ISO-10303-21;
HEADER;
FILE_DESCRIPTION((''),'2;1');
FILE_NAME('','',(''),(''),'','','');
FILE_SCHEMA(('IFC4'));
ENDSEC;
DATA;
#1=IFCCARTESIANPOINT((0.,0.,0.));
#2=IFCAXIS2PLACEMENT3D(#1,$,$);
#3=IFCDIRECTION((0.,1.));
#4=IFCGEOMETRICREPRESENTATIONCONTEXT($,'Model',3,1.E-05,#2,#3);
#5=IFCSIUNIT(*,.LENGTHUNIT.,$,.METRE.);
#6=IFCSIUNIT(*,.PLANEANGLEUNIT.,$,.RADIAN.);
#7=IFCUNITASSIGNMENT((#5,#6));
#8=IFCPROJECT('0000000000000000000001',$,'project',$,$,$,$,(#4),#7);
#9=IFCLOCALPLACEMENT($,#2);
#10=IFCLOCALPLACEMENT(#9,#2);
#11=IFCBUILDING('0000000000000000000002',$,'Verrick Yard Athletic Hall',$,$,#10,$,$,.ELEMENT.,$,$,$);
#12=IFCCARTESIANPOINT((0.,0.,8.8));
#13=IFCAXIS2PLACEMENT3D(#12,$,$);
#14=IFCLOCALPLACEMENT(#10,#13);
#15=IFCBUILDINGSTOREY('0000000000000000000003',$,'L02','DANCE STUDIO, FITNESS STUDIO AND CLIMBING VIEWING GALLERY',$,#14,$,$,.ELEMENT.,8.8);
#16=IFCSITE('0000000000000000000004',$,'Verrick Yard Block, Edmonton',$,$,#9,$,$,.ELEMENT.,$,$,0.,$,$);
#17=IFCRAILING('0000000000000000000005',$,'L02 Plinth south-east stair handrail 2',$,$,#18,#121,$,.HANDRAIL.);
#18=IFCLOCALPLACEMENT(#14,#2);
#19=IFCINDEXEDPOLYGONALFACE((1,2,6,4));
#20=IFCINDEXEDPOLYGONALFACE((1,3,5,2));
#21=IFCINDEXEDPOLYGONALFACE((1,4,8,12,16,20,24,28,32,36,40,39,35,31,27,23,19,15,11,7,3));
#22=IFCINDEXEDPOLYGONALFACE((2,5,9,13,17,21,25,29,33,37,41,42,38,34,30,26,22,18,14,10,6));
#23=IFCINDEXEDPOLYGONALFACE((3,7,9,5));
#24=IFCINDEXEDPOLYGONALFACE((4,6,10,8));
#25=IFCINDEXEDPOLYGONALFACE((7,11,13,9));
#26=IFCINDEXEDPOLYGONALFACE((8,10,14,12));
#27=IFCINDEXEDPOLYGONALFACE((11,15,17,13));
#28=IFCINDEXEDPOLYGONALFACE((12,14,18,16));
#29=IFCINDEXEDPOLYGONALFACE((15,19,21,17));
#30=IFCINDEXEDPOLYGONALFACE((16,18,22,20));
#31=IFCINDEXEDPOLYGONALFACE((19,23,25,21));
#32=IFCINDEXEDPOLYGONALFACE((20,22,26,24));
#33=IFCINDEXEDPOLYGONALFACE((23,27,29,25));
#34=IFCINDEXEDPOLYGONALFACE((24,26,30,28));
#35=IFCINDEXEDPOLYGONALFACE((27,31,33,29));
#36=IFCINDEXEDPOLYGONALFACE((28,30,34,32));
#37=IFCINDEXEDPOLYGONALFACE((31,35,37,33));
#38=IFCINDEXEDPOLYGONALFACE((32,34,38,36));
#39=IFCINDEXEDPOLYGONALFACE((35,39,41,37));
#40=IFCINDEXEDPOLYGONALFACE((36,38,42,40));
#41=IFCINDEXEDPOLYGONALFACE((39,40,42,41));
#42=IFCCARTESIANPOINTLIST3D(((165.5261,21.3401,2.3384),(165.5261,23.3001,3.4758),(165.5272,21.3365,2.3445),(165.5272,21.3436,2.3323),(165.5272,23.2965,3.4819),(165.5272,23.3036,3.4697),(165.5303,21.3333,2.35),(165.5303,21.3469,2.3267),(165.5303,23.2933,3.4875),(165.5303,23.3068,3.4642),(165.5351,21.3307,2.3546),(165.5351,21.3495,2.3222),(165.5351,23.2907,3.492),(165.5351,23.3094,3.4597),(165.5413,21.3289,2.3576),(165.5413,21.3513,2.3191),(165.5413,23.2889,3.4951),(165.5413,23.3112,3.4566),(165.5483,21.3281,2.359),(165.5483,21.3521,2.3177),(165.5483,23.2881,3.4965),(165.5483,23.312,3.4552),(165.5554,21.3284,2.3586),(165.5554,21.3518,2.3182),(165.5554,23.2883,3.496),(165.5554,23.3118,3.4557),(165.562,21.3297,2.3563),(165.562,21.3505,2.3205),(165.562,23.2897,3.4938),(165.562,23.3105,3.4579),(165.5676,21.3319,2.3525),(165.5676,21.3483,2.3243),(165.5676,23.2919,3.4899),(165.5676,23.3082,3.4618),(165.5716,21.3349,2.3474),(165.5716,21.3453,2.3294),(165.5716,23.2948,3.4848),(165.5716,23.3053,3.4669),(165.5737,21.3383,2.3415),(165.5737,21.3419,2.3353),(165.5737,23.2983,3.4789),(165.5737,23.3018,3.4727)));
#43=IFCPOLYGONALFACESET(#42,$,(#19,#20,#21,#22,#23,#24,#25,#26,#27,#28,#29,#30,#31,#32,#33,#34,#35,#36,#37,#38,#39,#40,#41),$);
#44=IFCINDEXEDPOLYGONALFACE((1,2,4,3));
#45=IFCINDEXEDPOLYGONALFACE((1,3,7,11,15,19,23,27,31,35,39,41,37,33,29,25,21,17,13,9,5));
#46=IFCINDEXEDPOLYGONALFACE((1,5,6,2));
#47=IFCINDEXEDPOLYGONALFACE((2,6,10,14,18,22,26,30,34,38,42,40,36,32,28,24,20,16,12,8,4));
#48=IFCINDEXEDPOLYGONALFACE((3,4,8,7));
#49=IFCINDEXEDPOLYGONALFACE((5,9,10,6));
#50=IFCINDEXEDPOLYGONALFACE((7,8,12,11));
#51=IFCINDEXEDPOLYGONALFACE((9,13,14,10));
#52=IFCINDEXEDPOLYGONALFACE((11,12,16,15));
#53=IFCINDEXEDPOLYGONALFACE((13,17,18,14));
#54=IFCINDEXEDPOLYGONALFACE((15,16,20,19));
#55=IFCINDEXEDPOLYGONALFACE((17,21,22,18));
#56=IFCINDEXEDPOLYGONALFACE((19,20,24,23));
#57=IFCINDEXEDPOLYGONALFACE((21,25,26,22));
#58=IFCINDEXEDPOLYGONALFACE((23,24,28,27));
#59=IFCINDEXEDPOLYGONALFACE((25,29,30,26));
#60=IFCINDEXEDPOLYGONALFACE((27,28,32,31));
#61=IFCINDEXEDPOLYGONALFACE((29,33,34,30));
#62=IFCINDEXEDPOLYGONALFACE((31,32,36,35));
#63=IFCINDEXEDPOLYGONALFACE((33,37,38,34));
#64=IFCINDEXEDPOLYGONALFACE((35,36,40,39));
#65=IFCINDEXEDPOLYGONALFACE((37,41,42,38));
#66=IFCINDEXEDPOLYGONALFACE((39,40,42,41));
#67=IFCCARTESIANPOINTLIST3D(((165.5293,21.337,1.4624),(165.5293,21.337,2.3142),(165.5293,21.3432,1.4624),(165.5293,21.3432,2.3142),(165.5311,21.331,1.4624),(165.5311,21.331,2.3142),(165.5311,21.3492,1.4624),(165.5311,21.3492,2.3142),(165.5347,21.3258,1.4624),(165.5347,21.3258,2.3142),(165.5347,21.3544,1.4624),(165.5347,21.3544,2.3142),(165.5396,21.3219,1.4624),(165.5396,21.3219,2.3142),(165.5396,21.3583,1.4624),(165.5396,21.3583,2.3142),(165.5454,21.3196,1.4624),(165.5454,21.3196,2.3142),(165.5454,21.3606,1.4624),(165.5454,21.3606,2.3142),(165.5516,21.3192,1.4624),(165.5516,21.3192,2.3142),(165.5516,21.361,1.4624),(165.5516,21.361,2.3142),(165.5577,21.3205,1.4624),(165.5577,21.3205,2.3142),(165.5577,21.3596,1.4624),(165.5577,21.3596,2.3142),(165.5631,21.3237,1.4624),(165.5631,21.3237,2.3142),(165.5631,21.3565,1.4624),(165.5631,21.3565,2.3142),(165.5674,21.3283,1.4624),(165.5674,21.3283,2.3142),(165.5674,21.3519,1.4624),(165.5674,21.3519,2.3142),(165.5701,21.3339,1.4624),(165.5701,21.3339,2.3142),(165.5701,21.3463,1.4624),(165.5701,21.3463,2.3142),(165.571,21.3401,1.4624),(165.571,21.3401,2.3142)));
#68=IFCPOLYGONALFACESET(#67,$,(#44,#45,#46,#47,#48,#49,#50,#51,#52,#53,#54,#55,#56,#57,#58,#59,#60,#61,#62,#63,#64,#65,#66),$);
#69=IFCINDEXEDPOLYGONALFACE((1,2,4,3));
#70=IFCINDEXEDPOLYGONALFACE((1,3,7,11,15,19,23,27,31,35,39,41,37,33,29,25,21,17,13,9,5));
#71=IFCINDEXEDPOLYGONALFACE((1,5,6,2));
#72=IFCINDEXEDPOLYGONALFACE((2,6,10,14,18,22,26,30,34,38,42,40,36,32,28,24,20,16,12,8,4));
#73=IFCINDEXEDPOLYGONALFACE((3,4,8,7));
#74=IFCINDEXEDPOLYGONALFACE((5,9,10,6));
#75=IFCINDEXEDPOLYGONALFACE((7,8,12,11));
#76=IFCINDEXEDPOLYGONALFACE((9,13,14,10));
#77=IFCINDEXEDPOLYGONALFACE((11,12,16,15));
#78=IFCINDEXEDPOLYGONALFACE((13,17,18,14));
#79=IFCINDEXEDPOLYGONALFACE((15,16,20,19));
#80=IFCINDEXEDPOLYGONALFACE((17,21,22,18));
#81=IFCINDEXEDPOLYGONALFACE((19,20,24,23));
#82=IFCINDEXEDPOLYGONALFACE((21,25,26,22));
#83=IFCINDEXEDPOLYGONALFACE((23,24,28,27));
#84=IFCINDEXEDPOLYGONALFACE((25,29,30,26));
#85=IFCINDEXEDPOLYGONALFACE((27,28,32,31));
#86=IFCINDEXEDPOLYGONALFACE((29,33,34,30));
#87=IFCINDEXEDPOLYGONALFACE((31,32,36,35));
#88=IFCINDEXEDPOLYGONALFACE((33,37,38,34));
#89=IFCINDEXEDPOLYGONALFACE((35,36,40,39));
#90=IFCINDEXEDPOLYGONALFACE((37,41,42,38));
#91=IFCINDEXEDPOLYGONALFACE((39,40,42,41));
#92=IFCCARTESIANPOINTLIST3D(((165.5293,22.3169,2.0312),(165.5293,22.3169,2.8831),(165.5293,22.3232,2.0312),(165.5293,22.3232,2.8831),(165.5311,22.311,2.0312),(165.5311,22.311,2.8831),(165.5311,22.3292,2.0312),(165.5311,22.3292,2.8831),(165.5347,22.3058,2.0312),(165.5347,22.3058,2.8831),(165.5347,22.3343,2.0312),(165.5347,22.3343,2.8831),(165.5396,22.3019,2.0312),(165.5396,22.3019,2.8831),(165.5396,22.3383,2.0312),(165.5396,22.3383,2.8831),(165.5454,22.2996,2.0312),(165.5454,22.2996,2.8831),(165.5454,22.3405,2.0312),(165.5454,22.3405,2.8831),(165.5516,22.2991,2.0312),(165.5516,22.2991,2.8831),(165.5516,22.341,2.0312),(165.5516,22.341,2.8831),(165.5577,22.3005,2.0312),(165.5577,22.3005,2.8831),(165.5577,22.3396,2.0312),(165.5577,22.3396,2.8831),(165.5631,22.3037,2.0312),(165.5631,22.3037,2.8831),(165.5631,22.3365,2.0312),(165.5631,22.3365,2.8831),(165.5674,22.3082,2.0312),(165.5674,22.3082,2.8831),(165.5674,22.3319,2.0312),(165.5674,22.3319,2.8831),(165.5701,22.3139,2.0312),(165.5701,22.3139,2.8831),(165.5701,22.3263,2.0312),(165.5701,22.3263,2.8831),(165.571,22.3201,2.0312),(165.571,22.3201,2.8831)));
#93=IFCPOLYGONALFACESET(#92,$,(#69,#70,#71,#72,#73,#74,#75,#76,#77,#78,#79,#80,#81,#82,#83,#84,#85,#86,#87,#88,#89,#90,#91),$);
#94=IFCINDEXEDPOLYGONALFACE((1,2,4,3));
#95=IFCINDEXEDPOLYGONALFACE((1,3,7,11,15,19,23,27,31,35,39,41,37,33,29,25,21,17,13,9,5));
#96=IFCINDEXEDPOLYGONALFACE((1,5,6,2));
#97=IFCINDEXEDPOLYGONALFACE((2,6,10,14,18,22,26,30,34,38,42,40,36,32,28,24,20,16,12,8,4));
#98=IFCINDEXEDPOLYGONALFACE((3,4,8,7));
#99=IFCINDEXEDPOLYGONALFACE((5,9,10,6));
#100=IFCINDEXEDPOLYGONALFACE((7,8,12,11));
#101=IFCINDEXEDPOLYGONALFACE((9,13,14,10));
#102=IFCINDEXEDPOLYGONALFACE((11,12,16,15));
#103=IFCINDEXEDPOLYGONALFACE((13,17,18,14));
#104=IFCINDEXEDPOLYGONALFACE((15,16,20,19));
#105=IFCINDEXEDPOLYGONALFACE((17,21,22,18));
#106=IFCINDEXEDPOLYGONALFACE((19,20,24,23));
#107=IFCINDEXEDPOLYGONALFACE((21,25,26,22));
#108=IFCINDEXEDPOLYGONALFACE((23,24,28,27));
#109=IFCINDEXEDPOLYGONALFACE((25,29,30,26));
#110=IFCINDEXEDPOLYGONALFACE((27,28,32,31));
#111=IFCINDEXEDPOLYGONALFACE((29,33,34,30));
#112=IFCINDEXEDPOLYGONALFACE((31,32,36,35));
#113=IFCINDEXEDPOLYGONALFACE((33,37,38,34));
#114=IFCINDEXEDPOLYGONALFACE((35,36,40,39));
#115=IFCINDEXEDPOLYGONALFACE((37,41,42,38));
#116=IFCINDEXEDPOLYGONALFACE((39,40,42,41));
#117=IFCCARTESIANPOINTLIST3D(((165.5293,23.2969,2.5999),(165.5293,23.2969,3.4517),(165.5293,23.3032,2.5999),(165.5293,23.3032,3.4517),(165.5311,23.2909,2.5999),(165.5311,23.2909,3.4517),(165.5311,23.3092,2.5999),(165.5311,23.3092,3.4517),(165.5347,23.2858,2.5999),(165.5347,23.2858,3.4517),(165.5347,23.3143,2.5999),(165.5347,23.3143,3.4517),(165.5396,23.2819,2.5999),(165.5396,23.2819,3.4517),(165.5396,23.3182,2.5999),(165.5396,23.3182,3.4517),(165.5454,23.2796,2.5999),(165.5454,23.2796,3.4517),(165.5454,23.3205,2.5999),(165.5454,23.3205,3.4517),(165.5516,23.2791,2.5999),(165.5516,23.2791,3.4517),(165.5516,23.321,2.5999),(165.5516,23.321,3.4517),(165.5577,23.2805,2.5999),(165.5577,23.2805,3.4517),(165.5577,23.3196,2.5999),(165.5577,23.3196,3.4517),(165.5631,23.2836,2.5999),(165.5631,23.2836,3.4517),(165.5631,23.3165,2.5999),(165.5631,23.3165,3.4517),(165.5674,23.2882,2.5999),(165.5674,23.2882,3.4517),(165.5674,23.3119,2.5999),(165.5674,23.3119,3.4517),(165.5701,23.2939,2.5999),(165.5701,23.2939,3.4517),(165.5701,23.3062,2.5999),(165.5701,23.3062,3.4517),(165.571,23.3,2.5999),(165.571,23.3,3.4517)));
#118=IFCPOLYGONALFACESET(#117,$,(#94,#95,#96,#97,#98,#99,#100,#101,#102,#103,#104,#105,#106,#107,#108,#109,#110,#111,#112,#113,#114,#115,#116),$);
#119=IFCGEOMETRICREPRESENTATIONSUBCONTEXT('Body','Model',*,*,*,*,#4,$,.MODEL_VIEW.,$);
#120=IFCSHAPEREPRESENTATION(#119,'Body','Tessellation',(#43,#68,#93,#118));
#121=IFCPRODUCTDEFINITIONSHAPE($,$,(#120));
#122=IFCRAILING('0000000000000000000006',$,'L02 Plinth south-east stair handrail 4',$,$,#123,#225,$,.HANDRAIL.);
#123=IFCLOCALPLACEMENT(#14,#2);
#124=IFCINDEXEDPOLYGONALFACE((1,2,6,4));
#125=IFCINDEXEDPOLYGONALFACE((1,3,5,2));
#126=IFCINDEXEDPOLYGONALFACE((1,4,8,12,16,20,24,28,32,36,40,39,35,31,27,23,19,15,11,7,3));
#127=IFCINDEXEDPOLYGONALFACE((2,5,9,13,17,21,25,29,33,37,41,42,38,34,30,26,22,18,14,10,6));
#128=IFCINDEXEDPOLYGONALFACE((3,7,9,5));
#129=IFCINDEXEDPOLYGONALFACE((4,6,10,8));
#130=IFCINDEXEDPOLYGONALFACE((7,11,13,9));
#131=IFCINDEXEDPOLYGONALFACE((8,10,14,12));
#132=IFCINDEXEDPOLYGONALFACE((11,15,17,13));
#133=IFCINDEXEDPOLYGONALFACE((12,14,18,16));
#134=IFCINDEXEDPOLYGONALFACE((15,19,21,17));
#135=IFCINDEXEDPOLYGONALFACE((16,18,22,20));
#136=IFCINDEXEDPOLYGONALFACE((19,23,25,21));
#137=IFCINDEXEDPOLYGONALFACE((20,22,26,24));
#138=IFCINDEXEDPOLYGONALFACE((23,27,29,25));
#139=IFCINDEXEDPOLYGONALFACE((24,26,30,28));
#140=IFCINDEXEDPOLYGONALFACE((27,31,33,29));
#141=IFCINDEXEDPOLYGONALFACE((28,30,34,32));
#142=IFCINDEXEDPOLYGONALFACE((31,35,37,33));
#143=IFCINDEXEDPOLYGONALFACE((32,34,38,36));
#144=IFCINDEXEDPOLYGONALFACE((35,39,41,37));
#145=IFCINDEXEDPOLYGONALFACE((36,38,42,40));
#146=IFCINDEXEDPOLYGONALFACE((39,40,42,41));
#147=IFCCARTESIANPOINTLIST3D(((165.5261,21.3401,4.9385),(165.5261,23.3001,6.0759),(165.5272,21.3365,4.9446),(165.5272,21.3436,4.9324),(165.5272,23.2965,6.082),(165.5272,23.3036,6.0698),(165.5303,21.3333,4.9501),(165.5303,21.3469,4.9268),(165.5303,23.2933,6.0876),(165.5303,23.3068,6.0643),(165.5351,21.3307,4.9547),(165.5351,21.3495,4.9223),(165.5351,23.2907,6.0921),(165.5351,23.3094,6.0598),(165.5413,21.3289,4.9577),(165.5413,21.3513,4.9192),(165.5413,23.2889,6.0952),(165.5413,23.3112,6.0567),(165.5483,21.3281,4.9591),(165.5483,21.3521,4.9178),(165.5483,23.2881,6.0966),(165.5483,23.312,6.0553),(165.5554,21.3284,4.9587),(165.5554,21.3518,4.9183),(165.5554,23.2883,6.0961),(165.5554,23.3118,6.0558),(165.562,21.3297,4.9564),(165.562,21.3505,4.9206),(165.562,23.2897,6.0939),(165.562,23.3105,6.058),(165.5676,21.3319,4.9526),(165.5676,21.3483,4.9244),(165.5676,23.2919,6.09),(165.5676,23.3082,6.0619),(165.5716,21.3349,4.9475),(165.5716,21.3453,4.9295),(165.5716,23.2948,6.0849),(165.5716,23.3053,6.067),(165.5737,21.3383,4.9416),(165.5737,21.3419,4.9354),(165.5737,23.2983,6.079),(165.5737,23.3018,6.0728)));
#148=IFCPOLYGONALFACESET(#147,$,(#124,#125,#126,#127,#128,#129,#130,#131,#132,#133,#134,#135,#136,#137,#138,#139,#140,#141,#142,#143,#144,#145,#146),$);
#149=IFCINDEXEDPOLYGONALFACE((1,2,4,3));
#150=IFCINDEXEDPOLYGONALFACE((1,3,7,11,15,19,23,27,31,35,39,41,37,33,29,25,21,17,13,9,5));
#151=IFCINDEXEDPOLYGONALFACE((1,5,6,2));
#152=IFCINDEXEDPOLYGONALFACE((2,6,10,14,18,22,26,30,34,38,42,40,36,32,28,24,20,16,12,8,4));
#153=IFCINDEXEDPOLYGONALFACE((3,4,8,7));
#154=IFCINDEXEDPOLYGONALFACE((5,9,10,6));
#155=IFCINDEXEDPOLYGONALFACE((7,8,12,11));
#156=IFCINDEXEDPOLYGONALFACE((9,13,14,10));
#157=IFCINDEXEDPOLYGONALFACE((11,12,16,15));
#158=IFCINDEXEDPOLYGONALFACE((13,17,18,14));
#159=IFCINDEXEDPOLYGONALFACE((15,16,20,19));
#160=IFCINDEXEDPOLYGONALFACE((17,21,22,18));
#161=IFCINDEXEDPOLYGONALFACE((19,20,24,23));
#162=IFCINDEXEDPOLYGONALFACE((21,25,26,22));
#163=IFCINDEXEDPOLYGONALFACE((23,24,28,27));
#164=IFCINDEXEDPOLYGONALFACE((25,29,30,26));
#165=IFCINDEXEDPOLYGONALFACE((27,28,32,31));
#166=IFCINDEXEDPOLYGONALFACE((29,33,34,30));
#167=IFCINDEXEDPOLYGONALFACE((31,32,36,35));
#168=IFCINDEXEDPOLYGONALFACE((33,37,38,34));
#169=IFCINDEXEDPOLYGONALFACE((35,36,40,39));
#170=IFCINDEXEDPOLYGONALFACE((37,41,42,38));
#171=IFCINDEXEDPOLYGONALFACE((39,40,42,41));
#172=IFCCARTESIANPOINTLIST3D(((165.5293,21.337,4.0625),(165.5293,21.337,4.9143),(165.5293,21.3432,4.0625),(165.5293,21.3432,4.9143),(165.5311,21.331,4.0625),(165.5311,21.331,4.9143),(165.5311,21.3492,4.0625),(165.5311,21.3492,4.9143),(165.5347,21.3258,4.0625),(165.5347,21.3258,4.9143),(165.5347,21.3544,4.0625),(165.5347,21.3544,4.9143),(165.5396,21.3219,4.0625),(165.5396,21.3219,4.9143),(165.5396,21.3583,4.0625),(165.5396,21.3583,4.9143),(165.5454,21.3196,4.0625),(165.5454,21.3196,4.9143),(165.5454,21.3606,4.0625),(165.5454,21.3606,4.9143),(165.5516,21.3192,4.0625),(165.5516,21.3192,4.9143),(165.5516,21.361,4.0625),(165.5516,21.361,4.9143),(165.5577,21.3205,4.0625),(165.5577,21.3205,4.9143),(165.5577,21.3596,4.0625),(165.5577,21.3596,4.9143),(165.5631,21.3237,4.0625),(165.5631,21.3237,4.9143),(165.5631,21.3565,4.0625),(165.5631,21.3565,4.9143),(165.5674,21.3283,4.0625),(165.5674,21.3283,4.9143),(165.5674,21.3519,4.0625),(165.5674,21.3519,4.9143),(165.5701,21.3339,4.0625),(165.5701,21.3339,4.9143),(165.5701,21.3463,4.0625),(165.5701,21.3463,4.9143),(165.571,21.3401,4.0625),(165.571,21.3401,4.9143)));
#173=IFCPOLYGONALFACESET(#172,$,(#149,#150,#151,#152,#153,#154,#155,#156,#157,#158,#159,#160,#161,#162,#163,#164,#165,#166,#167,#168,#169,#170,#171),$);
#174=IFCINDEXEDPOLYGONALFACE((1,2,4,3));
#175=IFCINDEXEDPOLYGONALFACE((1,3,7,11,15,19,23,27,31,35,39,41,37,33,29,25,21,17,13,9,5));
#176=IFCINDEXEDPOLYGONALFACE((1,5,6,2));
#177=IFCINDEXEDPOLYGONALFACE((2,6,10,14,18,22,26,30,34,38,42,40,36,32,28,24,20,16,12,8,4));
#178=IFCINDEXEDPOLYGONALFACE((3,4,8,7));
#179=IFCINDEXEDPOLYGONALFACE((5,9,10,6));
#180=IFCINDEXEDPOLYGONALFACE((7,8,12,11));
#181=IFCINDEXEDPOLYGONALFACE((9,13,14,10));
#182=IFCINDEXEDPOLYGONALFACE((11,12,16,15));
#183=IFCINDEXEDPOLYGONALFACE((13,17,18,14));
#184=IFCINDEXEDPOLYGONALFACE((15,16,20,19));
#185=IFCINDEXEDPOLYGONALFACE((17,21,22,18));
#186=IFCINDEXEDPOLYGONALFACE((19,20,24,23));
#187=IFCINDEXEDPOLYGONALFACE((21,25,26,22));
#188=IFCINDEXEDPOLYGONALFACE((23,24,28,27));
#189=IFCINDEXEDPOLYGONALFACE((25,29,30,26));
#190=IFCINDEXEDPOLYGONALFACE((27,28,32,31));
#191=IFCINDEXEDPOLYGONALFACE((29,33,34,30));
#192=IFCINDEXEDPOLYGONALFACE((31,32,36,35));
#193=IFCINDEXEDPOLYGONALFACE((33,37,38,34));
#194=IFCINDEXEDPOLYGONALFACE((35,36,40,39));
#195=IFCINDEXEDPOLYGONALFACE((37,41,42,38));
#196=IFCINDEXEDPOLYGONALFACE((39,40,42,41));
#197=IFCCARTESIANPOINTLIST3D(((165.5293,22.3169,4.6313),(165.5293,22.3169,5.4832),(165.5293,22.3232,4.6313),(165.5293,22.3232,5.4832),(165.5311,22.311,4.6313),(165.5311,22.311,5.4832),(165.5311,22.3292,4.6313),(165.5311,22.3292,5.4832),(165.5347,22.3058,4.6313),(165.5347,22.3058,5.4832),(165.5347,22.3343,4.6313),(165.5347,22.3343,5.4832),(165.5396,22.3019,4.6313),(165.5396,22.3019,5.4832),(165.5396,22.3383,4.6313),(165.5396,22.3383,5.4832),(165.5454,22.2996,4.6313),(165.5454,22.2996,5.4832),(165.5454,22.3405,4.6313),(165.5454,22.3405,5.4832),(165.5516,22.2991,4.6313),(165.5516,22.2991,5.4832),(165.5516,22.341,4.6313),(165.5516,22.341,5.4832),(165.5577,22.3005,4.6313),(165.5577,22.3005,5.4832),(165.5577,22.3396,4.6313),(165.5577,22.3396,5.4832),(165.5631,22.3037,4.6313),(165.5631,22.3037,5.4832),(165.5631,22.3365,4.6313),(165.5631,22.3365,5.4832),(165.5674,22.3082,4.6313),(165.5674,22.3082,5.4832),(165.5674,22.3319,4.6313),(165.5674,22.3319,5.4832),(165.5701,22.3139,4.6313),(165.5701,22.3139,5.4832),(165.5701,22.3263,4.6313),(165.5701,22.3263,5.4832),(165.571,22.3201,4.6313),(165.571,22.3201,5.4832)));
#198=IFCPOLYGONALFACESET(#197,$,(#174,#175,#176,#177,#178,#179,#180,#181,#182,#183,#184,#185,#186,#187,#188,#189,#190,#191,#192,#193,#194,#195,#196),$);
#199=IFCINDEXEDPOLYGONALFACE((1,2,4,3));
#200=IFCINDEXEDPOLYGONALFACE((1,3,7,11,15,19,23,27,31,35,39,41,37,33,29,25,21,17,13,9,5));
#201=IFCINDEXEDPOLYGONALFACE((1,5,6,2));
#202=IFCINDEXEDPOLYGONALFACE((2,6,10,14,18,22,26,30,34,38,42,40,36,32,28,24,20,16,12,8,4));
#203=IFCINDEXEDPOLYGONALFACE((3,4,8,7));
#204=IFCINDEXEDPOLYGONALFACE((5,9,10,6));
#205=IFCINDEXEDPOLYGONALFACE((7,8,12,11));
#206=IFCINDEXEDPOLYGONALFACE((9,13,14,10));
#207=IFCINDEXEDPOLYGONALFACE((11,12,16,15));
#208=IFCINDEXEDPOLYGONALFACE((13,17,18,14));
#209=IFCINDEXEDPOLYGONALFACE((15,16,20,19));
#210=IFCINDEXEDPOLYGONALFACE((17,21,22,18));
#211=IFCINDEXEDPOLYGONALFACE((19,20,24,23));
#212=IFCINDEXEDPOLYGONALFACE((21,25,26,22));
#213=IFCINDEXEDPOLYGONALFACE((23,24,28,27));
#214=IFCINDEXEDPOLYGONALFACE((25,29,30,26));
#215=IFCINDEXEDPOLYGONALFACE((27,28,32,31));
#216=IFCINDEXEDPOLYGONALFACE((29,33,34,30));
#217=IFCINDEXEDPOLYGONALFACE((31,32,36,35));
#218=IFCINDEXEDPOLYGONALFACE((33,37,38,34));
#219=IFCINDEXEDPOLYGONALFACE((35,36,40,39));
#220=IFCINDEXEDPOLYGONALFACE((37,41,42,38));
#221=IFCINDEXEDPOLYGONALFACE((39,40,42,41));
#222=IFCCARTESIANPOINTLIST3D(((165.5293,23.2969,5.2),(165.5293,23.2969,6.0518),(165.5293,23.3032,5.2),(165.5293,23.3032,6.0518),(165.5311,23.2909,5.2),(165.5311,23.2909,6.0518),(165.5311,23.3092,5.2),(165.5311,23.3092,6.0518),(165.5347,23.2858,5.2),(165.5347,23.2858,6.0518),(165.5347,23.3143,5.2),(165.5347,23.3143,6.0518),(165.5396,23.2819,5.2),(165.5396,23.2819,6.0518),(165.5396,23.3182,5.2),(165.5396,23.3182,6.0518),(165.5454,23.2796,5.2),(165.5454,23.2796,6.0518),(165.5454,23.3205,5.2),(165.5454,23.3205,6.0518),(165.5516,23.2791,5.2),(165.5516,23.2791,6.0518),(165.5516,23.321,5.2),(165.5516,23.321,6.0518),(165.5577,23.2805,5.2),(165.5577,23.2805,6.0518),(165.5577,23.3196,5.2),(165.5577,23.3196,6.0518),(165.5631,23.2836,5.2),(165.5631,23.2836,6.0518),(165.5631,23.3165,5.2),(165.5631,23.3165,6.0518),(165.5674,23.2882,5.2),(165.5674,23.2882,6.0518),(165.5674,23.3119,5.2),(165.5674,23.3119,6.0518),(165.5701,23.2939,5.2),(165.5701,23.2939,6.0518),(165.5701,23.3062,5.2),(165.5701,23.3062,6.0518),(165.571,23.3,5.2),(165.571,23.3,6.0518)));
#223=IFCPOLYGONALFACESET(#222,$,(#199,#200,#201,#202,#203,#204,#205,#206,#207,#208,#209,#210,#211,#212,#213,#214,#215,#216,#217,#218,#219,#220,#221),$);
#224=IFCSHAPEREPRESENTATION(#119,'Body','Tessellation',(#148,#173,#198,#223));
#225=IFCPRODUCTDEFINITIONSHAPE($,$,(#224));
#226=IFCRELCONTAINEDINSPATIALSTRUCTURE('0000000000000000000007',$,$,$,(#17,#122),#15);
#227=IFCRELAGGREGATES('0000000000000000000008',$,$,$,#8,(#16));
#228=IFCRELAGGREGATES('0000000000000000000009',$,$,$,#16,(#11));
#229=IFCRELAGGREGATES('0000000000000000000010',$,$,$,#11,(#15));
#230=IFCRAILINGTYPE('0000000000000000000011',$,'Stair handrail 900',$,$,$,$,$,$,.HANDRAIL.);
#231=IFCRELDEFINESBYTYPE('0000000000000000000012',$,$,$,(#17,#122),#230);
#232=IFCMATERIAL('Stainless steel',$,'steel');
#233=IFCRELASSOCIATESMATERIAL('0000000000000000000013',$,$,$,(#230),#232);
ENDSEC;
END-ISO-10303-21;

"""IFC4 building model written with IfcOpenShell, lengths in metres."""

from ifc_helpers import new_model, si_unit, direction, frame, origin, origin_2d, place, context, subcontext, project, spatial, circle, extrude, material, type_object, element, save


model = new_model("IFC4")

# Units and contexts
model_context = context("Model", 3, precision=1e-05, world=origin(), true_north=direction((0.0, 1.0)))
body_context = subcontext(model_context, "Body", "Model", "MODEL_VIEW")
ifc_project = project(units=[si_unit("LENGTHUNIT", "METRE"), si_unit("PLANEANGLEUNIT", "RADIAN")], contexts=[model_context])

# Site, building, storey
site_placement = place(None, origin())
site = spatial("IfcSite", under=ifc_project, at=site_placement, Name="Verrick Yard Block, Edmonton", CompositionType="ELEMENT", RefElevation=0.0)
building_placement = place(site_placement, origin())
building = spatial("IfcBuilding", under=site, at=building_placement, Name="Verrick Yard Athletic Hall", CompositionType="ELEMENT")
storey_placement = place(building_placement, frame((0.0, 0.0, 8.8)))
storey = spatial("IfcBuildingStorey", under=building, at=storey_placement, Name="L02", Description="DANCE STUDIO, FITNESS STUDIO AND CLIMBING VIEWING GALLERY", CompositionType="ELEMENT", Elevation=8.8)

# Railings
ifc_material_1 = material(Name="Stainless steel", Category="steel")
railing_type_1 = type_object("IfcRailingType", Name="Stair handrail 900", PredefinedType="HANDRAIL", material=ifc_material_1)
for number, where, name in (
    (1, (165.55, 21.3401, 1.4624), "L02 Plinth south-east stair handrail 2"),
    (2, (165.55, 21.3401, 4.0625), "L02 Plinth south-east stair handrail 4"),
):
    element("IfcRailing", number, at=place(storey_placement, frame(where)), inside=storey, type_object=railing_type_1, Name=name, PredefinedType="HANDRAIL", context=body_context, shape_type="SweptSolid", body=[
        extrude(circle(Radius=0.0239, at=origin_2d()), frame((0.0, 0.0, 0.876), z_axis=(0.0, 0.864902, 0.501941), x_axis=(-1.0, 0.0, 0.0)), (0.0, 0.0, 1.0), 2.2661),
        extrude(circle(Radius=0.021, at=origin_2d()), origin(), (0.0, 0.0, 1.0), 0.8518),
        extrude(circle(Radius=0.021, at=origin_2d()), frame((0.0, 0.98, 0.5688)), (0.0, 0.0, 1.0), 0.8518),
        extrude(circle(Radius=0.021, at=origin_2d()), frame((0.0, 1.96, 1.1375)), (0.0, 0.0, 1.0), 0.8518),
    ])

save(model, "model.ifc")
